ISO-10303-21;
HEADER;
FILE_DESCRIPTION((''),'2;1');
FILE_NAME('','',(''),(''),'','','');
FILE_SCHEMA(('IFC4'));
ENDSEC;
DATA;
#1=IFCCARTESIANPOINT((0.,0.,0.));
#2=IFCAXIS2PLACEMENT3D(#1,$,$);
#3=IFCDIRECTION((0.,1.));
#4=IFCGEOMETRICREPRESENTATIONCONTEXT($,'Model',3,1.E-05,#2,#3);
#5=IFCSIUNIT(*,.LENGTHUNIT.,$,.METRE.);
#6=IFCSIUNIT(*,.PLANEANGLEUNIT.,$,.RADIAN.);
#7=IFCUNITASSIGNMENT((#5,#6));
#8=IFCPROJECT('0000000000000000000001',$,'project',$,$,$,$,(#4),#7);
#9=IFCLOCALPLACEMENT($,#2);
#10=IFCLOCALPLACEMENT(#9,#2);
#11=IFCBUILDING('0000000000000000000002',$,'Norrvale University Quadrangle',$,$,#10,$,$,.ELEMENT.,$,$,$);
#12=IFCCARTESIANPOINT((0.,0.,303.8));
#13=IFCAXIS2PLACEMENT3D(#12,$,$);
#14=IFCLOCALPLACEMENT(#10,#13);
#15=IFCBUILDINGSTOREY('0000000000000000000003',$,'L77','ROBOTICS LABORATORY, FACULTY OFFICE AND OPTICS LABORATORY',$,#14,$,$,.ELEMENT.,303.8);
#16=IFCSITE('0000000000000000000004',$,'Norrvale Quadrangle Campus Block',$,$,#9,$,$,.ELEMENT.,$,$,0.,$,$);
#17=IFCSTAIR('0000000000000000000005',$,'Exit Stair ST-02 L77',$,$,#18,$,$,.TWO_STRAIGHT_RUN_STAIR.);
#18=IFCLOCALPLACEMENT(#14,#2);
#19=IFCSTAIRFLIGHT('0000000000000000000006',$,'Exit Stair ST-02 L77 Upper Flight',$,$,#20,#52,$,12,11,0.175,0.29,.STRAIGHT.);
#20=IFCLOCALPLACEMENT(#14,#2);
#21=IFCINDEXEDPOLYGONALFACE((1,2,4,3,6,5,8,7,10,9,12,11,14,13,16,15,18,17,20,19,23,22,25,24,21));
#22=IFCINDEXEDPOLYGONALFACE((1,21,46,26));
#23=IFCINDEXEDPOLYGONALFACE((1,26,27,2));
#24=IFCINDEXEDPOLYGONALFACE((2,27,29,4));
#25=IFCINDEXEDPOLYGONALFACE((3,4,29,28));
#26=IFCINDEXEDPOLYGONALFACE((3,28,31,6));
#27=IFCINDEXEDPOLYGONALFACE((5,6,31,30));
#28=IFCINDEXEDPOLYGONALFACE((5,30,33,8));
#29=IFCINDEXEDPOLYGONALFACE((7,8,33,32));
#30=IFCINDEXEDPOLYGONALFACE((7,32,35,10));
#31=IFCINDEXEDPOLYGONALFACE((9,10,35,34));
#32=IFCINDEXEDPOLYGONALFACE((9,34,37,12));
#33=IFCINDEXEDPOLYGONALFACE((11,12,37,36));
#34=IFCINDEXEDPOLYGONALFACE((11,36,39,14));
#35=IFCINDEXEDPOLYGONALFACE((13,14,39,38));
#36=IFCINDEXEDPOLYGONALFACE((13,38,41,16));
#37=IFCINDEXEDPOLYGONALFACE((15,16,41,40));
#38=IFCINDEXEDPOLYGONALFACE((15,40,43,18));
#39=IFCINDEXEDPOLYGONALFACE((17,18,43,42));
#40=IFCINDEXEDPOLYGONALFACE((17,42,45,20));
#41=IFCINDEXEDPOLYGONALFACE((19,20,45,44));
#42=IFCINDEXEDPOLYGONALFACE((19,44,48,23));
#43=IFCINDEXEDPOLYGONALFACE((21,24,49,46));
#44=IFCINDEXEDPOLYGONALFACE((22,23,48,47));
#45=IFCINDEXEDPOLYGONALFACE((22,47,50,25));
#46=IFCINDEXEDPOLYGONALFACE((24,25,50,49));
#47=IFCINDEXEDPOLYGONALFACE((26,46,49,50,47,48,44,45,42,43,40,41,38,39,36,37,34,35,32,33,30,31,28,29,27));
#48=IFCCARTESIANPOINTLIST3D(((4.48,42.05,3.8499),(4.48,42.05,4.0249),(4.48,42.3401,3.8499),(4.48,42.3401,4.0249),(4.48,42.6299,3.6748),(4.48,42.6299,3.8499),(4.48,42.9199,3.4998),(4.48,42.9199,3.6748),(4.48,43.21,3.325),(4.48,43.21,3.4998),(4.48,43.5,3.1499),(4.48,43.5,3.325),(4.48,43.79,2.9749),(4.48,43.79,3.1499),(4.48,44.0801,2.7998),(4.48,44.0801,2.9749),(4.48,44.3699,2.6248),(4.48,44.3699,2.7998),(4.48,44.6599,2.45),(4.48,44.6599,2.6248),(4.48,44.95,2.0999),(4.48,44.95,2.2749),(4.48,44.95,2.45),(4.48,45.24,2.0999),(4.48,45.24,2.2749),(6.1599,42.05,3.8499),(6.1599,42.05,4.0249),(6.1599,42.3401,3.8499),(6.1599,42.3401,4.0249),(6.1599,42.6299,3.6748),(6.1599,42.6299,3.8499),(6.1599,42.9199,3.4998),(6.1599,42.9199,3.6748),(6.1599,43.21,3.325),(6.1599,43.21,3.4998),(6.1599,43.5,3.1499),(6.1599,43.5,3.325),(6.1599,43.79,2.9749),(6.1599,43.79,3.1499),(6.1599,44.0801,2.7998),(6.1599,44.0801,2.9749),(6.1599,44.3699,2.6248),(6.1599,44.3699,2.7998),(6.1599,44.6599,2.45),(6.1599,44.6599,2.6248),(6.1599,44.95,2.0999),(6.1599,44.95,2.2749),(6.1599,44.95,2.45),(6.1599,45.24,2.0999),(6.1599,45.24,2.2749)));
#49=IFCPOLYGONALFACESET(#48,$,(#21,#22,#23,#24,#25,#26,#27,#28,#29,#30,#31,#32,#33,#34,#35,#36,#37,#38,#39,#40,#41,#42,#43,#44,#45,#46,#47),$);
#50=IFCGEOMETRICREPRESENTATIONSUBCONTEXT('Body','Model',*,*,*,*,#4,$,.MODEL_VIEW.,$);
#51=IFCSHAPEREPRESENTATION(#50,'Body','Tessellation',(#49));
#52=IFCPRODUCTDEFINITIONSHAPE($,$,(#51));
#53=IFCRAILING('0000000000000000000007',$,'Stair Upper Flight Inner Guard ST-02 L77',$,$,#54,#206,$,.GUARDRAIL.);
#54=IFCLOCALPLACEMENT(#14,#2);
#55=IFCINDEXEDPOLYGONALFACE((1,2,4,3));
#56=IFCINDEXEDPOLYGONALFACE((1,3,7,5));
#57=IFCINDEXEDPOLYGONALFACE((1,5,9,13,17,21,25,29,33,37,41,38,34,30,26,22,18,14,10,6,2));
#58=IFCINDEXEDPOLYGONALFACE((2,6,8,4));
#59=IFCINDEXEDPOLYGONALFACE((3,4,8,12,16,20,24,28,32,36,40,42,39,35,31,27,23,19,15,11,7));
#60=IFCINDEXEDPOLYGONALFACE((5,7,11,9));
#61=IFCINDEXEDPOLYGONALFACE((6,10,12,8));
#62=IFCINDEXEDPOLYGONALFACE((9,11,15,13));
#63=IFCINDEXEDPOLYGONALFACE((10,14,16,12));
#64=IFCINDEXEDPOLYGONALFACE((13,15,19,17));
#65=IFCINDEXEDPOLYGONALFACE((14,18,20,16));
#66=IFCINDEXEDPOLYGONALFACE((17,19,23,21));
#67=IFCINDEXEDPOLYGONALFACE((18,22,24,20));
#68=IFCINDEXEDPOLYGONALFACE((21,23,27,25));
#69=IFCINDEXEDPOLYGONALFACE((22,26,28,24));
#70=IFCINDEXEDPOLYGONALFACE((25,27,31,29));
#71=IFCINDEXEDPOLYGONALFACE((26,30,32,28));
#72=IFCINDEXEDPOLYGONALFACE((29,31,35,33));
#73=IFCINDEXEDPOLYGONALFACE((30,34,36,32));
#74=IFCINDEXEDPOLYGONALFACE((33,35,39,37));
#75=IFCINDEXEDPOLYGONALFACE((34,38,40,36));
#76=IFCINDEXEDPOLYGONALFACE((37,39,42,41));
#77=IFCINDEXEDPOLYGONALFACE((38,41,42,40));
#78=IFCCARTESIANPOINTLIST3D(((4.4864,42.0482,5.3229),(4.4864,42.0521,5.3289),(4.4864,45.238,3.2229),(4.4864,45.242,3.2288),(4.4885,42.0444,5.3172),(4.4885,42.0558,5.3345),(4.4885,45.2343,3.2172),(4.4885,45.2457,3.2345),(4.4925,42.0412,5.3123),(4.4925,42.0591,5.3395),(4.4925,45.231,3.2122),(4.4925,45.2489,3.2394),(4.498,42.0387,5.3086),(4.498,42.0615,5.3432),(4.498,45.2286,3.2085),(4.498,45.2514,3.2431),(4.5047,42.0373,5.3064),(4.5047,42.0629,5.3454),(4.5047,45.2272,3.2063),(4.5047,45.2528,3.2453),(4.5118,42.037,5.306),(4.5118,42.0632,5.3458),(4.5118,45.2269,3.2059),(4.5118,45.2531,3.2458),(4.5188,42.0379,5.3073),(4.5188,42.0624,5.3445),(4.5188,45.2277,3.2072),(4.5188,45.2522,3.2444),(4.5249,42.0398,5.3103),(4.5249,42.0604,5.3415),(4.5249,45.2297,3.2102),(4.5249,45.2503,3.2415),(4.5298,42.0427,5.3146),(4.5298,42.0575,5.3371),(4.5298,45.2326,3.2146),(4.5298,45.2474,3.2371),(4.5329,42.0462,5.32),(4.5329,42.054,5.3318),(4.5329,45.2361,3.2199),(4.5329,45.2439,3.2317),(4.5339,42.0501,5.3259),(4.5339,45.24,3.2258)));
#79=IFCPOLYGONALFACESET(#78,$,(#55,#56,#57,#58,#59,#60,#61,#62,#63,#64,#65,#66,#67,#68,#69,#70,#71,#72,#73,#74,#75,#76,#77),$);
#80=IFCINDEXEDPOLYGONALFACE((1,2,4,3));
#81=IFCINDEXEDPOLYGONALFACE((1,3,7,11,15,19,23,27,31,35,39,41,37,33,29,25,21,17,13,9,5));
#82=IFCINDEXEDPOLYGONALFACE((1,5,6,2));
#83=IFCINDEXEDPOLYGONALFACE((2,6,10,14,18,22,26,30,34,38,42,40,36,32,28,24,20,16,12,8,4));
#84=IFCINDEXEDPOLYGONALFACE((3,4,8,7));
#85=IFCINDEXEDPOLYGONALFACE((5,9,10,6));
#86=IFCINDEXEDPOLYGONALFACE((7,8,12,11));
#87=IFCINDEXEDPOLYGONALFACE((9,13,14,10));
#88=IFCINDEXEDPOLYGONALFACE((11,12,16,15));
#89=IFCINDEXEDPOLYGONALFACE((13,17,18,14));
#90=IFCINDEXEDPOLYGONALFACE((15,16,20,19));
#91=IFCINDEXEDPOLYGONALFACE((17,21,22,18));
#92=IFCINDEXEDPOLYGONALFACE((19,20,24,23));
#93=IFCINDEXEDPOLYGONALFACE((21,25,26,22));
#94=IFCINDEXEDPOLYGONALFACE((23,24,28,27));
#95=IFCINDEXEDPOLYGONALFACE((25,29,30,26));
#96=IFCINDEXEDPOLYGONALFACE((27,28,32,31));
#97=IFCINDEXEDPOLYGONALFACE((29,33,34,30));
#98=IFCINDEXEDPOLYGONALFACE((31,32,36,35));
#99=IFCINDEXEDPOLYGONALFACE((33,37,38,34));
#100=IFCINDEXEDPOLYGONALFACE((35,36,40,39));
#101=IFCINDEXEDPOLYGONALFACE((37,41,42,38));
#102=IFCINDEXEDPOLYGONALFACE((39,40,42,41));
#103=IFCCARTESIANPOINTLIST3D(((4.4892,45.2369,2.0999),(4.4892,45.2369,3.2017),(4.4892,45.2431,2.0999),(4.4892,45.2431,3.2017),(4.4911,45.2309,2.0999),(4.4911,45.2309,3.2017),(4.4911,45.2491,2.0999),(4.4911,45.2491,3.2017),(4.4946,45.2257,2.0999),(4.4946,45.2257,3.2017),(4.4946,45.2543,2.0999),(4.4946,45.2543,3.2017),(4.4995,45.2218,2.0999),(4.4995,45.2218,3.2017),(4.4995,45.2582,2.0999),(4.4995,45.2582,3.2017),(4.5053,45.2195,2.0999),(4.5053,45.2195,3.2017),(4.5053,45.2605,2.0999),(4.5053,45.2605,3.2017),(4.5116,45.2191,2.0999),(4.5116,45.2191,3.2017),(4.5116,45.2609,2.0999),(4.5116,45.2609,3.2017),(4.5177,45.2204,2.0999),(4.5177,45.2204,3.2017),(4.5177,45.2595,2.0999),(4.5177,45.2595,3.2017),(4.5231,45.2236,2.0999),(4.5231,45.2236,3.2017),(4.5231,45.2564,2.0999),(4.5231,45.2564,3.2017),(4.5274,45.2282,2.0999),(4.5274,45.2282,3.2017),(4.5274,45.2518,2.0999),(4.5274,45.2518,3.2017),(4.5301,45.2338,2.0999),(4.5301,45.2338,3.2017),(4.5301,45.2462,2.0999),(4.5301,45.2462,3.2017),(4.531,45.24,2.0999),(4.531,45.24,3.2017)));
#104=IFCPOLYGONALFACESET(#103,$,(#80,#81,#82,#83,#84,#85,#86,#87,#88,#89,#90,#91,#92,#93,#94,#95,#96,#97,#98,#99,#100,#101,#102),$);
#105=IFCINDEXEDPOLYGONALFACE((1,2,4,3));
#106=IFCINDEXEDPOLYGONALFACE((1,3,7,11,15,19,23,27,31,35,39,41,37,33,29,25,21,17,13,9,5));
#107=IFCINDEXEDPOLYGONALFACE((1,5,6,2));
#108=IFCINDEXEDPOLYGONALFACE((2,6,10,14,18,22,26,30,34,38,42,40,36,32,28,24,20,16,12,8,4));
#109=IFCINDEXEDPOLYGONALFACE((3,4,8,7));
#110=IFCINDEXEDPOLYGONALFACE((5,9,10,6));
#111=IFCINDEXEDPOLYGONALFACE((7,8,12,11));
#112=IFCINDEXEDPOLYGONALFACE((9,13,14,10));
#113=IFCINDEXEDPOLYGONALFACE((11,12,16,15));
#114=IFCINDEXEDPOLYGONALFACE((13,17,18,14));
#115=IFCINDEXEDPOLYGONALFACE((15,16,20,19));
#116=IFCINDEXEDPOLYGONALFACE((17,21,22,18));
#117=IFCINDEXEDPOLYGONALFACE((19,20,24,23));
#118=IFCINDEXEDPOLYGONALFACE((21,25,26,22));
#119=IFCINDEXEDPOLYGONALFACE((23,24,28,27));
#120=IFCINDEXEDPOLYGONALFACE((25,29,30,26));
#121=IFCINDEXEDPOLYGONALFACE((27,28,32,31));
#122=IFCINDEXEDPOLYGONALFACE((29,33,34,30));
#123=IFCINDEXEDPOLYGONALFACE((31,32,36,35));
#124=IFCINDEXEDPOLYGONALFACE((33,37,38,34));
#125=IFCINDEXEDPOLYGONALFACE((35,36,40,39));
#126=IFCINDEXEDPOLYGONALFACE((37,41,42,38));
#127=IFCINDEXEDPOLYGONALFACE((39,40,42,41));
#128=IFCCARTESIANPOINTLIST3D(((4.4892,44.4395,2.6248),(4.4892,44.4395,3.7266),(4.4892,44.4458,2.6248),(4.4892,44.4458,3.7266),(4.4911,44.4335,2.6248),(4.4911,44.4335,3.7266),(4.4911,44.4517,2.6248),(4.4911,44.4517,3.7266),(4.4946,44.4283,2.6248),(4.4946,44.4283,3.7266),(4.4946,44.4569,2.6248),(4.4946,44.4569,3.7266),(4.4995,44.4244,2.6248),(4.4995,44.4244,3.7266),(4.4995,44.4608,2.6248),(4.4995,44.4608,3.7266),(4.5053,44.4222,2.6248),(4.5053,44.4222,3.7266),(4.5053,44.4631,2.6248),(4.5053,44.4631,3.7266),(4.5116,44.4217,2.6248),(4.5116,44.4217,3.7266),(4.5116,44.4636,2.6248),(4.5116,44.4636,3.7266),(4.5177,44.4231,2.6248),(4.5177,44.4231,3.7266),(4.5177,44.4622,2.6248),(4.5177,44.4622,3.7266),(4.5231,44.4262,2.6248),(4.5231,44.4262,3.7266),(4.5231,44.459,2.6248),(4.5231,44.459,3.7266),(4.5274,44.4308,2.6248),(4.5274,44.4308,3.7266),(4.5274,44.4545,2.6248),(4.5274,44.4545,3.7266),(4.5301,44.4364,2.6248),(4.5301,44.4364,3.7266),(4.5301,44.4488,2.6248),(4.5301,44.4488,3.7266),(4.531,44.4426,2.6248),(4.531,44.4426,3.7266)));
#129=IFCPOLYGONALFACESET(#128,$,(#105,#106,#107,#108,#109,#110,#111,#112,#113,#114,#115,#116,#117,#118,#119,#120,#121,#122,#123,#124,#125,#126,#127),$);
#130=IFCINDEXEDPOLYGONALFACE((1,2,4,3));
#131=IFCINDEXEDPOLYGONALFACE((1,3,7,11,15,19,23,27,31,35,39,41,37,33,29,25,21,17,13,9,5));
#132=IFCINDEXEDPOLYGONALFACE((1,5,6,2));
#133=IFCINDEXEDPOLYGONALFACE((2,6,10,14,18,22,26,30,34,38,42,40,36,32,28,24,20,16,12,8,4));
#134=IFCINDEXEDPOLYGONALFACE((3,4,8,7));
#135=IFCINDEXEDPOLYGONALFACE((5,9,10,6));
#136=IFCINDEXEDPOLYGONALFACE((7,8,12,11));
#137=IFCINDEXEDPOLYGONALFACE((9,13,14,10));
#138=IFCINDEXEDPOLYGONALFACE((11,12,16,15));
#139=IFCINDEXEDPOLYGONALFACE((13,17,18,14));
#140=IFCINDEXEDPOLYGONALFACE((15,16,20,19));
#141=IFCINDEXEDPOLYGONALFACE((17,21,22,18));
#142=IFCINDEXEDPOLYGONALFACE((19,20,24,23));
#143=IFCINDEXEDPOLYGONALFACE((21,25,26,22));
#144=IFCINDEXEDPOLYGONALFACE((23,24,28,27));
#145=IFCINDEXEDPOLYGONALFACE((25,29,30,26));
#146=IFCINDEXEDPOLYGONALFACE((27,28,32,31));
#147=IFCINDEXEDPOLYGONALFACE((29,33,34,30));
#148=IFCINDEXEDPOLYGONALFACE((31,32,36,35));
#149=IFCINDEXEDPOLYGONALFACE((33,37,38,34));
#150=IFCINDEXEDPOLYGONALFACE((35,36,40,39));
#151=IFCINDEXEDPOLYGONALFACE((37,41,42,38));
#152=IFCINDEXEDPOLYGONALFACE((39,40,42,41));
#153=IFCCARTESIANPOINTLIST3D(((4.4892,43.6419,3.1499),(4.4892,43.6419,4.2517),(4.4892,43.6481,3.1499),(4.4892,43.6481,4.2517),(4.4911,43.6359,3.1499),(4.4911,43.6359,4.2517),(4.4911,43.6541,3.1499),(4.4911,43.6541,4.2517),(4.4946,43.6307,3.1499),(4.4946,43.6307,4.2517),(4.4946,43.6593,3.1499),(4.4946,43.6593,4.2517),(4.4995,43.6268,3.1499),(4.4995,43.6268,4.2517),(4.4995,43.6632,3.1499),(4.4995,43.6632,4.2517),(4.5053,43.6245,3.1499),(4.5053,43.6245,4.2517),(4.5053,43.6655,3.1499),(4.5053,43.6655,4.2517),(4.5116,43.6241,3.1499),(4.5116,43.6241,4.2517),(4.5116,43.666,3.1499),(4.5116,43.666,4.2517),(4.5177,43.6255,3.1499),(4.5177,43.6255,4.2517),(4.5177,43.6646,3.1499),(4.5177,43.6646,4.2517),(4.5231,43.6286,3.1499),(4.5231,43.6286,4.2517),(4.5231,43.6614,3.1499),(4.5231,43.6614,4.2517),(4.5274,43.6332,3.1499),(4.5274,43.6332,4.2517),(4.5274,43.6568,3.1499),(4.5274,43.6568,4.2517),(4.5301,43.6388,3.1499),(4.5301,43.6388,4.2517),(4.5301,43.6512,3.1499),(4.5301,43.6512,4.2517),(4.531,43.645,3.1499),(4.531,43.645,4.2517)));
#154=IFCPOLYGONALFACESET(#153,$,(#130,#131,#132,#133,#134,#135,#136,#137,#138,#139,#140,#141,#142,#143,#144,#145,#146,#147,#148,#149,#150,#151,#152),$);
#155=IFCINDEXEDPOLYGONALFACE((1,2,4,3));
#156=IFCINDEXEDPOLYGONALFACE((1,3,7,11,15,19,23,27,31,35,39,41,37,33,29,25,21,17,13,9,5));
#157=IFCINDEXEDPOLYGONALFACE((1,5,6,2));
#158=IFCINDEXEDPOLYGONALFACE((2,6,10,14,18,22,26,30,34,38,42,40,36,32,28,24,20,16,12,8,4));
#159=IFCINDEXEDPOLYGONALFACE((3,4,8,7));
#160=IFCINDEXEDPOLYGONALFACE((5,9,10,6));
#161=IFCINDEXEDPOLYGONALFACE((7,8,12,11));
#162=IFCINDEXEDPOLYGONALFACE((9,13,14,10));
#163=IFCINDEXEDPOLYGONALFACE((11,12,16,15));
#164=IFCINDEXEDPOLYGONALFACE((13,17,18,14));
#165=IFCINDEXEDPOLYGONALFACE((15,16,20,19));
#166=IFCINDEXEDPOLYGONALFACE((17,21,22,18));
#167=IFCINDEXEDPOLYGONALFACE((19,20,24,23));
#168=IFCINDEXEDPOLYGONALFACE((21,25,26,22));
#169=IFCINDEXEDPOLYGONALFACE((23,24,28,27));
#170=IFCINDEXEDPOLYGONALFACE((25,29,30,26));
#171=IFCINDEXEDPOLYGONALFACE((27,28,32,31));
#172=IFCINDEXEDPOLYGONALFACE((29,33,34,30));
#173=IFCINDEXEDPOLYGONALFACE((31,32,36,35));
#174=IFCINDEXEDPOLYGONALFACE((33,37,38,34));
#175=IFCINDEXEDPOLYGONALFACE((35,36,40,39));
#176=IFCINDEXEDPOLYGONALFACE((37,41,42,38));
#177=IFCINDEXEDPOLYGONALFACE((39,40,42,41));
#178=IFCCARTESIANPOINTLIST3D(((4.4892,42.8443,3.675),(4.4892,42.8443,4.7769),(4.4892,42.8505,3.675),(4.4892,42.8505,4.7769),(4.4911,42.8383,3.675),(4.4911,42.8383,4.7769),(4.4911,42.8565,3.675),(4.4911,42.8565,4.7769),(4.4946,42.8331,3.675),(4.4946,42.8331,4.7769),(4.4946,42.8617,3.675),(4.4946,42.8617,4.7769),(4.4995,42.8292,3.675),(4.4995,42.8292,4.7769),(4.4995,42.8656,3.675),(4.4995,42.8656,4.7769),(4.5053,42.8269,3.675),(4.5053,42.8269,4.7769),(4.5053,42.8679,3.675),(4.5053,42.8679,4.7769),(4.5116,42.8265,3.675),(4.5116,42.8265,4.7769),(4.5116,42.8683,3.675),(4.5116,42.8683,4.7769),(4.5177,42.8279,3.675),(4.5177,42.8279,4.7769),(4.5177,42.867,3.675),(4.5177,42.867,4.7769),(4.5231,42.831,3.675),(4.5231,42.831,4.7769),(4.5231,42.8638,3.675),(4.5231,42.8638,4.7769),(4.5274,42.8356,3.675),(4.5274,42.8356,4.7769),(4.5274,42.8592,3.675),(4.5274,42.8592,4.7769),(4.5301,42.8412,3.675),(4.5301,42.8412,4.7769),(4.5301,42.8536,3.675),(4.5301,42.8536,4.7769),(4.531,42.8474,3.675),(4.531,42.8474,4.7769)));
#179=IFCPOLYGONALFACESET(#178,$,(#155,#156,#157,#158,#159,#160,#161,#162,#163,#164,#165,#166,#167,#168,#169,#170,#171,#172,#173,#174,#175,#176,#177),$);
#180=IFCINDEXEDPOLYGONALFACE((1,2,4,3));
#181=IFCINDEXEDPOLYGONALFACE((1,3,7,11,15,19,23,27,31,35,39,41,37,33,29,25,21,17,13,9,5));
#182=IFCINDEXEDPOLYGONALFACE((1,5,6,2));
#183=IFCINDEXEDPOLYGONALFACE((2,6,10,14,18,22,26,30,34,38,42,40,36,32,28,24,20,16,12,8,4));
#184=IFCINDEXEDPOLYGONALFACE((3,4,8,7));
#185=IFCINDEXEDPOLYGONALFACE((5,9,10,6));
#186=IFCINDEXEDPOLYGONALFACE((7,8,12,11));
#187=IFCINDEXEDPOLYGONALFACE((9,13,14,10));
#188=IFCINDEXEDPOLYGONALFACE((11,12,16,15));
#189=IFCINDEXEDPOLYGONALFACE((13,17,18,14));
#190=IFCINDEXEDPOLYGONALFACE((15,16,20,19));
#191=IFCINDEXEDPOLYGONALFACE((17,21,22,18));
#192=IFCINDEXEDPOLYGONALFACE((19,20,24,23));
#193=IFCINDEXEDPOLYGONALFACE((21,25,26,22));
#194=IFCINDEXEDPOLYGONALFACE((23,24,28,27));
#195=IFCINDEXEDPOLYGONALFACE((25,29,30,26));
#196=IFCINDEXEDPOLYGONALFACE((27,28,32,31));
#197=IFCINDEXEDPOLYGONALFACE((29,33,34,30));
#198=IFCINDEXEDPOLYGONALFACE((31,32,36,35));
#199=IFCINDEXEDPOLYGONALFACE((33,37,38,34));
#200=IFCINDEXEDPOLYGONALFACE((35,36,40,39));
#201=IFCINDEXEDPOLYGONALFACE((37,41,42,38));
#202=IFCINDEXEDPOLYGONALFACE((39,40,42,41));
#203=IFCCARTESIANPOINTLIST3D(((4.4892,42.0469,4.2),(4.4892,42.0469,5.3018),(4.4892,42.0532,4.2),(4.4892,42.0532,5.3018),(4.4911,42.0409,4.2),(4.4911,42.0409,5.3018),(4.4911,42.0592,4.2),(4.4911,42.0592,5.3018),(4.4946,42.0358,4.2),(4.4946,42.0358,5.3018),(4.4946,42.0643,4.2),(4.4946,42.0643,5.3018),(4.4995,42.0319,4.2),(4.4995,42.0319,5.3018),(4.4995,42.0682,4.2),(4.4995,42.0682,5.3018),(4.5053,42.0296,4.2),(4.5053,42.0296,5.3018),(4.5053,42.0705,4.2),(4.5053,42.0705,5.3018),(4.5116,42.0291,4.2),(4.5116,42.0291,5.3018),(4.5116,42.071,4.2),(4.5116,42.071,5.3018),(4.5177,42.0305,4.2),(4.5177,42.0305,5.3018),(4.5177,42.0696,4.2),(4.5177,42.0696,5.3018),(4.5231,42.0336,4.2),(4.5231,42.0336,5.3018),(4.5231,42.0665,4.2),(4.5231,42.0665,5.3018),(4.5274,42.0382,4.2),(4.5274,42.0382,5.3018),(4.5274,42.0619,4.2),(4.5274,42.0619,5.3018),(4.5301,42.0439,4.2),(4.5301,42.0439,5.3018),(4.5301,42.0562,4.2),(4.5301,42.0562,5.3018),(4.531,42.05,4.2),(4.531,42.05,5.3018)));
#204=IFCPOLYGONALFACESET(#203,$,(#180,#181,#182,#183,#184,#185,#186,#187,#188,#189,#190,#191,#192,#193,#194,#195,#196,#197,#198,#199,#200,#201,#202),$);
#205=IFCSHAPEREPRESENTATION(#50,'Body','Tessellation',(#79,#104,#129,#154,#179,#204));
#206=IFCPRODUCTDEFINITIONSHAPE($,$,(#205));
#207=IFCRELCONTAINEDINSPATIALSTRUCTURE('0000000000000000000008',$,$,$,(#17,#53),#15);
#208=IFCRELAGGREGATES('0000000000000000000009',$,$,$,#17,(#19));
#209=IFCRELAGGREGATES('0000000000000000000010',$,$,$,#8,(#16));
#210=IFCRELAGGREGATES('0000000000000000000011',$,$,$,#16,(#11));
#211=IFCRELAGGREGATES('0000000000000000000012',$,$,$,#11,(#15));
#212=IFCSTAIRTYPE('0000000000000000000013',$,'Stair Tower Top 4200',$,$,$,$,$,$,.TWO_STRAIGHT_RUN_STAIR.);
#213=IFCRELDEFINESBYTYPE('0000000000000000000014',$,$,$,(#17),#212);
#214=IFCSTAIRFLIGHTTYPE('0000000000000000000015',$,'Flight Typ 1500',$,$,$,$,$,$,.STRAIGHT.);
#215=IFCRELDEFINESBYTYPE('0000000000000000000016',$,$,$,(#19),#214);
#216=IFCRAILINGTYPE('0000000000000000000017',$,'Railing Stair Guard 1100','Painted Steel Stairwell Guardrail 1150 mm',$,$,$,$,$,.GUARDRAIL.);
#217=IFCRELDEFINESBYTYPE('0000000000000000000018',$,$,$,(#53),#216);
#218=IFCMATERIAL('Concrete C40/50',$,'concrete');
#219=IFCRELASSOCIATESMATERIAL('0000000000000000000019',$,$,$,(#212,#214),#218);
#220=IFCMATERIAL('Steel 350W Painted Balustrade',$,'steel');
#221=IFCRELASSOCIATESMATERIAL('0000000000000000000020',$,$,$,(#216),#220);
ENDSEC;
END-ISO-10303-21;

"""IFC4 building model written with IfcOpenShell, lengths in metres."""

from ifc_helpers import new_model, si_unit, direction, frame, origin, origin_2d, place, context, subcontext, project, spatial, polyline, circle, outline, extrude, material, type_object, element, aggregate, save


model = new_model("IFC4")

# Units and contexts
model_context = context("Model", 3, precision=1e-05, world=origin(), true_north=direction((0.0, 1.0)))
body_context = subcontext(model_context, "Body", "Model", "MODEL_VIEW")
ifc_project = project(units=[si_unit("LENGTHUNIT", "METRE"), si_unit("PLANEANGLEUNIT", "RADIAN")], contexts=[model_context])

# Site, building, storey
site_placement = place(None, origin())
site = spatial("IfcSite", under=ifc_project, at=site_placement, Name="Norrvale Quadrangle Campus Block", CompositionType="ELEMENT", RefElevation=0.0)
building_placement = place(site_placement, origin())
building = spatial("IfcBuilding", under=site, at=building_placement, Name="Norrvale University Quadrangle", CompositionType="ELEMENT")
storey_placement = place(building_placement, frame((0.0, 0.0, 303.8)))
storey = spatial("IfcBuildingStorey", under=building, at=storey_placement, Name="L77", Description="ROBOTICS LABORATORY, FACULTY OFFICE AND OPTICS LABORATORY", CompositionType="ELEMENT", Elevation=303.8)

# Stair, stair flight
ifc_material_1 = material(Name="Concrete C40/50", Category="concrete")
stair_type = type_object("IfcStairType", Name="Stair Tower Top 4200", PredefinedType="TWO_STRAIGHT_RUN_STAIR", material=ifc_material_1)
stair_placement = place(storey_placement, origin())
stair = element("IfcStair", 1, at=stair_placement, inside=storey, type_object=stair_type, Name="Exit Stair ST-02 L77", PredefinedType="TWO_STRAIGHT_RUN_STAIR")
stair_flight_type = type_object("IfcStairFlightType", Name="Flight Typ 1500", PredefinedType="STRAIGHT", material=ifc_material_1)
stair_flight_placement = place(storey_placement, frame((5.3201, 45.24, 2.0999), z_axis=(0.0, 0.0, 1.0), x_axis=(0.0, -1.0, 0.0)))
stair_flight = element("IfcStairFlight", 2, at=stair_flight_placement, type_object=stair_flight_type, Name="Exit Stair ST-02 L77 Upper Flight", NumberOfRisers=12, NumberOfTreads=11, PredefinedType="STRAIGHT", RiserHeight=0.175, TreadLength=0.29, context=body_context, shape_type="SweptSolid", body=[
    extrude(outline(polyline([(0.0, 0.0), (0.0, 0.175), (0.29, 0.175), (0.29, 0.3501), (0.5801, 0.3501), (0.5801, 0.5249), (0.8701, 0.5249), (0.8701, 0.7), (1.1599, 0.7), (1.1599, 0.875), (1.45, 0.875), (1.45, 1.05), (1.74, 1.05), (1.74, 1.2251), (2.03, 1.2251), (2.03, 1.3999), (2.3201, 1.3999), (2.3201, 1.575), (2.6101, 1.575), (2.6101, 1.75), (2.8999, 1.75), (2.8999, 1.925), (3.1899, 1.925), (3.1899, 2.1001), (3.1899, 1.75), (0.29, 0.0), (0.0, 0.0)])), frame((0.0, 0.8398, 0.0), z_axis=(0.0, -1.0, 0.0), x_axis=(1.0, 0.0, 0.0)), (0.0, 0.0, 1.0), 1.6799),
])
aggregate(stair, [stair_flight])

# Railing
ifc_material_2 = material(Name="Steel 350W Painted Balustrade", Category="steel")
railing_type_1 = type_object("IfcRailingType", Name="Railing Stair Guard 1100", Description="Painted Steel Stairwell Guardrail 1150 mm", PredefinedType="GUARDRAIL", material=ifc_material_2)
railing_1_placement = place(storey_placement, frame((4.51, 45.24, 2.0999)))
element("IfcRailing", 3, at=railing_1_placement, inside=storey, type_object=railing_type_1, Name="Stair Upper Flight Inner Guard ST-02 L77", PredefinedType="GUARDRAIL", context=body_context, shape_type="SweptSolid", body=[
    extrude(circle(Radius=0.0239, at=origin_2d()), frame((0.0, 0.0, 1.126), z_axis=(0.0, -0.835242, 0.549882), x_axis=(1.0, 0.0, 0.0)), (0.0, 0.0, 1.0), 3.8191),
    extrude(circle(Radius=0.021, at=origin_2d()), origin(), (0.0, 0.0, 1.0), 1.1018),
    extrude(circle(Radius=0.021, at=origin_2d()), frame((0.0, -0.7974, 0.5249)), (0.0, 0.0, 1.0), 1.1018),
    extrude(circle(Radius=0.021, at=origin_2d()), frame((0.0, -1.595, 1.05)), (0.0, 0.0, 1.0), 1.1018),
    extrude(circle(Radius=0.021, at=origin_2d()), frame((0.0, -2.3926, 1.5752)), (0.0, 0.0, 1.0), 1.1018),
    extrude(circle(Radius=0.021, at=origin_2d()), frame((0.0, -3.1899, 2.1001)), (0.0, 0.0, 1.0), 1.1018),
])

save(model, "model.ifc")
